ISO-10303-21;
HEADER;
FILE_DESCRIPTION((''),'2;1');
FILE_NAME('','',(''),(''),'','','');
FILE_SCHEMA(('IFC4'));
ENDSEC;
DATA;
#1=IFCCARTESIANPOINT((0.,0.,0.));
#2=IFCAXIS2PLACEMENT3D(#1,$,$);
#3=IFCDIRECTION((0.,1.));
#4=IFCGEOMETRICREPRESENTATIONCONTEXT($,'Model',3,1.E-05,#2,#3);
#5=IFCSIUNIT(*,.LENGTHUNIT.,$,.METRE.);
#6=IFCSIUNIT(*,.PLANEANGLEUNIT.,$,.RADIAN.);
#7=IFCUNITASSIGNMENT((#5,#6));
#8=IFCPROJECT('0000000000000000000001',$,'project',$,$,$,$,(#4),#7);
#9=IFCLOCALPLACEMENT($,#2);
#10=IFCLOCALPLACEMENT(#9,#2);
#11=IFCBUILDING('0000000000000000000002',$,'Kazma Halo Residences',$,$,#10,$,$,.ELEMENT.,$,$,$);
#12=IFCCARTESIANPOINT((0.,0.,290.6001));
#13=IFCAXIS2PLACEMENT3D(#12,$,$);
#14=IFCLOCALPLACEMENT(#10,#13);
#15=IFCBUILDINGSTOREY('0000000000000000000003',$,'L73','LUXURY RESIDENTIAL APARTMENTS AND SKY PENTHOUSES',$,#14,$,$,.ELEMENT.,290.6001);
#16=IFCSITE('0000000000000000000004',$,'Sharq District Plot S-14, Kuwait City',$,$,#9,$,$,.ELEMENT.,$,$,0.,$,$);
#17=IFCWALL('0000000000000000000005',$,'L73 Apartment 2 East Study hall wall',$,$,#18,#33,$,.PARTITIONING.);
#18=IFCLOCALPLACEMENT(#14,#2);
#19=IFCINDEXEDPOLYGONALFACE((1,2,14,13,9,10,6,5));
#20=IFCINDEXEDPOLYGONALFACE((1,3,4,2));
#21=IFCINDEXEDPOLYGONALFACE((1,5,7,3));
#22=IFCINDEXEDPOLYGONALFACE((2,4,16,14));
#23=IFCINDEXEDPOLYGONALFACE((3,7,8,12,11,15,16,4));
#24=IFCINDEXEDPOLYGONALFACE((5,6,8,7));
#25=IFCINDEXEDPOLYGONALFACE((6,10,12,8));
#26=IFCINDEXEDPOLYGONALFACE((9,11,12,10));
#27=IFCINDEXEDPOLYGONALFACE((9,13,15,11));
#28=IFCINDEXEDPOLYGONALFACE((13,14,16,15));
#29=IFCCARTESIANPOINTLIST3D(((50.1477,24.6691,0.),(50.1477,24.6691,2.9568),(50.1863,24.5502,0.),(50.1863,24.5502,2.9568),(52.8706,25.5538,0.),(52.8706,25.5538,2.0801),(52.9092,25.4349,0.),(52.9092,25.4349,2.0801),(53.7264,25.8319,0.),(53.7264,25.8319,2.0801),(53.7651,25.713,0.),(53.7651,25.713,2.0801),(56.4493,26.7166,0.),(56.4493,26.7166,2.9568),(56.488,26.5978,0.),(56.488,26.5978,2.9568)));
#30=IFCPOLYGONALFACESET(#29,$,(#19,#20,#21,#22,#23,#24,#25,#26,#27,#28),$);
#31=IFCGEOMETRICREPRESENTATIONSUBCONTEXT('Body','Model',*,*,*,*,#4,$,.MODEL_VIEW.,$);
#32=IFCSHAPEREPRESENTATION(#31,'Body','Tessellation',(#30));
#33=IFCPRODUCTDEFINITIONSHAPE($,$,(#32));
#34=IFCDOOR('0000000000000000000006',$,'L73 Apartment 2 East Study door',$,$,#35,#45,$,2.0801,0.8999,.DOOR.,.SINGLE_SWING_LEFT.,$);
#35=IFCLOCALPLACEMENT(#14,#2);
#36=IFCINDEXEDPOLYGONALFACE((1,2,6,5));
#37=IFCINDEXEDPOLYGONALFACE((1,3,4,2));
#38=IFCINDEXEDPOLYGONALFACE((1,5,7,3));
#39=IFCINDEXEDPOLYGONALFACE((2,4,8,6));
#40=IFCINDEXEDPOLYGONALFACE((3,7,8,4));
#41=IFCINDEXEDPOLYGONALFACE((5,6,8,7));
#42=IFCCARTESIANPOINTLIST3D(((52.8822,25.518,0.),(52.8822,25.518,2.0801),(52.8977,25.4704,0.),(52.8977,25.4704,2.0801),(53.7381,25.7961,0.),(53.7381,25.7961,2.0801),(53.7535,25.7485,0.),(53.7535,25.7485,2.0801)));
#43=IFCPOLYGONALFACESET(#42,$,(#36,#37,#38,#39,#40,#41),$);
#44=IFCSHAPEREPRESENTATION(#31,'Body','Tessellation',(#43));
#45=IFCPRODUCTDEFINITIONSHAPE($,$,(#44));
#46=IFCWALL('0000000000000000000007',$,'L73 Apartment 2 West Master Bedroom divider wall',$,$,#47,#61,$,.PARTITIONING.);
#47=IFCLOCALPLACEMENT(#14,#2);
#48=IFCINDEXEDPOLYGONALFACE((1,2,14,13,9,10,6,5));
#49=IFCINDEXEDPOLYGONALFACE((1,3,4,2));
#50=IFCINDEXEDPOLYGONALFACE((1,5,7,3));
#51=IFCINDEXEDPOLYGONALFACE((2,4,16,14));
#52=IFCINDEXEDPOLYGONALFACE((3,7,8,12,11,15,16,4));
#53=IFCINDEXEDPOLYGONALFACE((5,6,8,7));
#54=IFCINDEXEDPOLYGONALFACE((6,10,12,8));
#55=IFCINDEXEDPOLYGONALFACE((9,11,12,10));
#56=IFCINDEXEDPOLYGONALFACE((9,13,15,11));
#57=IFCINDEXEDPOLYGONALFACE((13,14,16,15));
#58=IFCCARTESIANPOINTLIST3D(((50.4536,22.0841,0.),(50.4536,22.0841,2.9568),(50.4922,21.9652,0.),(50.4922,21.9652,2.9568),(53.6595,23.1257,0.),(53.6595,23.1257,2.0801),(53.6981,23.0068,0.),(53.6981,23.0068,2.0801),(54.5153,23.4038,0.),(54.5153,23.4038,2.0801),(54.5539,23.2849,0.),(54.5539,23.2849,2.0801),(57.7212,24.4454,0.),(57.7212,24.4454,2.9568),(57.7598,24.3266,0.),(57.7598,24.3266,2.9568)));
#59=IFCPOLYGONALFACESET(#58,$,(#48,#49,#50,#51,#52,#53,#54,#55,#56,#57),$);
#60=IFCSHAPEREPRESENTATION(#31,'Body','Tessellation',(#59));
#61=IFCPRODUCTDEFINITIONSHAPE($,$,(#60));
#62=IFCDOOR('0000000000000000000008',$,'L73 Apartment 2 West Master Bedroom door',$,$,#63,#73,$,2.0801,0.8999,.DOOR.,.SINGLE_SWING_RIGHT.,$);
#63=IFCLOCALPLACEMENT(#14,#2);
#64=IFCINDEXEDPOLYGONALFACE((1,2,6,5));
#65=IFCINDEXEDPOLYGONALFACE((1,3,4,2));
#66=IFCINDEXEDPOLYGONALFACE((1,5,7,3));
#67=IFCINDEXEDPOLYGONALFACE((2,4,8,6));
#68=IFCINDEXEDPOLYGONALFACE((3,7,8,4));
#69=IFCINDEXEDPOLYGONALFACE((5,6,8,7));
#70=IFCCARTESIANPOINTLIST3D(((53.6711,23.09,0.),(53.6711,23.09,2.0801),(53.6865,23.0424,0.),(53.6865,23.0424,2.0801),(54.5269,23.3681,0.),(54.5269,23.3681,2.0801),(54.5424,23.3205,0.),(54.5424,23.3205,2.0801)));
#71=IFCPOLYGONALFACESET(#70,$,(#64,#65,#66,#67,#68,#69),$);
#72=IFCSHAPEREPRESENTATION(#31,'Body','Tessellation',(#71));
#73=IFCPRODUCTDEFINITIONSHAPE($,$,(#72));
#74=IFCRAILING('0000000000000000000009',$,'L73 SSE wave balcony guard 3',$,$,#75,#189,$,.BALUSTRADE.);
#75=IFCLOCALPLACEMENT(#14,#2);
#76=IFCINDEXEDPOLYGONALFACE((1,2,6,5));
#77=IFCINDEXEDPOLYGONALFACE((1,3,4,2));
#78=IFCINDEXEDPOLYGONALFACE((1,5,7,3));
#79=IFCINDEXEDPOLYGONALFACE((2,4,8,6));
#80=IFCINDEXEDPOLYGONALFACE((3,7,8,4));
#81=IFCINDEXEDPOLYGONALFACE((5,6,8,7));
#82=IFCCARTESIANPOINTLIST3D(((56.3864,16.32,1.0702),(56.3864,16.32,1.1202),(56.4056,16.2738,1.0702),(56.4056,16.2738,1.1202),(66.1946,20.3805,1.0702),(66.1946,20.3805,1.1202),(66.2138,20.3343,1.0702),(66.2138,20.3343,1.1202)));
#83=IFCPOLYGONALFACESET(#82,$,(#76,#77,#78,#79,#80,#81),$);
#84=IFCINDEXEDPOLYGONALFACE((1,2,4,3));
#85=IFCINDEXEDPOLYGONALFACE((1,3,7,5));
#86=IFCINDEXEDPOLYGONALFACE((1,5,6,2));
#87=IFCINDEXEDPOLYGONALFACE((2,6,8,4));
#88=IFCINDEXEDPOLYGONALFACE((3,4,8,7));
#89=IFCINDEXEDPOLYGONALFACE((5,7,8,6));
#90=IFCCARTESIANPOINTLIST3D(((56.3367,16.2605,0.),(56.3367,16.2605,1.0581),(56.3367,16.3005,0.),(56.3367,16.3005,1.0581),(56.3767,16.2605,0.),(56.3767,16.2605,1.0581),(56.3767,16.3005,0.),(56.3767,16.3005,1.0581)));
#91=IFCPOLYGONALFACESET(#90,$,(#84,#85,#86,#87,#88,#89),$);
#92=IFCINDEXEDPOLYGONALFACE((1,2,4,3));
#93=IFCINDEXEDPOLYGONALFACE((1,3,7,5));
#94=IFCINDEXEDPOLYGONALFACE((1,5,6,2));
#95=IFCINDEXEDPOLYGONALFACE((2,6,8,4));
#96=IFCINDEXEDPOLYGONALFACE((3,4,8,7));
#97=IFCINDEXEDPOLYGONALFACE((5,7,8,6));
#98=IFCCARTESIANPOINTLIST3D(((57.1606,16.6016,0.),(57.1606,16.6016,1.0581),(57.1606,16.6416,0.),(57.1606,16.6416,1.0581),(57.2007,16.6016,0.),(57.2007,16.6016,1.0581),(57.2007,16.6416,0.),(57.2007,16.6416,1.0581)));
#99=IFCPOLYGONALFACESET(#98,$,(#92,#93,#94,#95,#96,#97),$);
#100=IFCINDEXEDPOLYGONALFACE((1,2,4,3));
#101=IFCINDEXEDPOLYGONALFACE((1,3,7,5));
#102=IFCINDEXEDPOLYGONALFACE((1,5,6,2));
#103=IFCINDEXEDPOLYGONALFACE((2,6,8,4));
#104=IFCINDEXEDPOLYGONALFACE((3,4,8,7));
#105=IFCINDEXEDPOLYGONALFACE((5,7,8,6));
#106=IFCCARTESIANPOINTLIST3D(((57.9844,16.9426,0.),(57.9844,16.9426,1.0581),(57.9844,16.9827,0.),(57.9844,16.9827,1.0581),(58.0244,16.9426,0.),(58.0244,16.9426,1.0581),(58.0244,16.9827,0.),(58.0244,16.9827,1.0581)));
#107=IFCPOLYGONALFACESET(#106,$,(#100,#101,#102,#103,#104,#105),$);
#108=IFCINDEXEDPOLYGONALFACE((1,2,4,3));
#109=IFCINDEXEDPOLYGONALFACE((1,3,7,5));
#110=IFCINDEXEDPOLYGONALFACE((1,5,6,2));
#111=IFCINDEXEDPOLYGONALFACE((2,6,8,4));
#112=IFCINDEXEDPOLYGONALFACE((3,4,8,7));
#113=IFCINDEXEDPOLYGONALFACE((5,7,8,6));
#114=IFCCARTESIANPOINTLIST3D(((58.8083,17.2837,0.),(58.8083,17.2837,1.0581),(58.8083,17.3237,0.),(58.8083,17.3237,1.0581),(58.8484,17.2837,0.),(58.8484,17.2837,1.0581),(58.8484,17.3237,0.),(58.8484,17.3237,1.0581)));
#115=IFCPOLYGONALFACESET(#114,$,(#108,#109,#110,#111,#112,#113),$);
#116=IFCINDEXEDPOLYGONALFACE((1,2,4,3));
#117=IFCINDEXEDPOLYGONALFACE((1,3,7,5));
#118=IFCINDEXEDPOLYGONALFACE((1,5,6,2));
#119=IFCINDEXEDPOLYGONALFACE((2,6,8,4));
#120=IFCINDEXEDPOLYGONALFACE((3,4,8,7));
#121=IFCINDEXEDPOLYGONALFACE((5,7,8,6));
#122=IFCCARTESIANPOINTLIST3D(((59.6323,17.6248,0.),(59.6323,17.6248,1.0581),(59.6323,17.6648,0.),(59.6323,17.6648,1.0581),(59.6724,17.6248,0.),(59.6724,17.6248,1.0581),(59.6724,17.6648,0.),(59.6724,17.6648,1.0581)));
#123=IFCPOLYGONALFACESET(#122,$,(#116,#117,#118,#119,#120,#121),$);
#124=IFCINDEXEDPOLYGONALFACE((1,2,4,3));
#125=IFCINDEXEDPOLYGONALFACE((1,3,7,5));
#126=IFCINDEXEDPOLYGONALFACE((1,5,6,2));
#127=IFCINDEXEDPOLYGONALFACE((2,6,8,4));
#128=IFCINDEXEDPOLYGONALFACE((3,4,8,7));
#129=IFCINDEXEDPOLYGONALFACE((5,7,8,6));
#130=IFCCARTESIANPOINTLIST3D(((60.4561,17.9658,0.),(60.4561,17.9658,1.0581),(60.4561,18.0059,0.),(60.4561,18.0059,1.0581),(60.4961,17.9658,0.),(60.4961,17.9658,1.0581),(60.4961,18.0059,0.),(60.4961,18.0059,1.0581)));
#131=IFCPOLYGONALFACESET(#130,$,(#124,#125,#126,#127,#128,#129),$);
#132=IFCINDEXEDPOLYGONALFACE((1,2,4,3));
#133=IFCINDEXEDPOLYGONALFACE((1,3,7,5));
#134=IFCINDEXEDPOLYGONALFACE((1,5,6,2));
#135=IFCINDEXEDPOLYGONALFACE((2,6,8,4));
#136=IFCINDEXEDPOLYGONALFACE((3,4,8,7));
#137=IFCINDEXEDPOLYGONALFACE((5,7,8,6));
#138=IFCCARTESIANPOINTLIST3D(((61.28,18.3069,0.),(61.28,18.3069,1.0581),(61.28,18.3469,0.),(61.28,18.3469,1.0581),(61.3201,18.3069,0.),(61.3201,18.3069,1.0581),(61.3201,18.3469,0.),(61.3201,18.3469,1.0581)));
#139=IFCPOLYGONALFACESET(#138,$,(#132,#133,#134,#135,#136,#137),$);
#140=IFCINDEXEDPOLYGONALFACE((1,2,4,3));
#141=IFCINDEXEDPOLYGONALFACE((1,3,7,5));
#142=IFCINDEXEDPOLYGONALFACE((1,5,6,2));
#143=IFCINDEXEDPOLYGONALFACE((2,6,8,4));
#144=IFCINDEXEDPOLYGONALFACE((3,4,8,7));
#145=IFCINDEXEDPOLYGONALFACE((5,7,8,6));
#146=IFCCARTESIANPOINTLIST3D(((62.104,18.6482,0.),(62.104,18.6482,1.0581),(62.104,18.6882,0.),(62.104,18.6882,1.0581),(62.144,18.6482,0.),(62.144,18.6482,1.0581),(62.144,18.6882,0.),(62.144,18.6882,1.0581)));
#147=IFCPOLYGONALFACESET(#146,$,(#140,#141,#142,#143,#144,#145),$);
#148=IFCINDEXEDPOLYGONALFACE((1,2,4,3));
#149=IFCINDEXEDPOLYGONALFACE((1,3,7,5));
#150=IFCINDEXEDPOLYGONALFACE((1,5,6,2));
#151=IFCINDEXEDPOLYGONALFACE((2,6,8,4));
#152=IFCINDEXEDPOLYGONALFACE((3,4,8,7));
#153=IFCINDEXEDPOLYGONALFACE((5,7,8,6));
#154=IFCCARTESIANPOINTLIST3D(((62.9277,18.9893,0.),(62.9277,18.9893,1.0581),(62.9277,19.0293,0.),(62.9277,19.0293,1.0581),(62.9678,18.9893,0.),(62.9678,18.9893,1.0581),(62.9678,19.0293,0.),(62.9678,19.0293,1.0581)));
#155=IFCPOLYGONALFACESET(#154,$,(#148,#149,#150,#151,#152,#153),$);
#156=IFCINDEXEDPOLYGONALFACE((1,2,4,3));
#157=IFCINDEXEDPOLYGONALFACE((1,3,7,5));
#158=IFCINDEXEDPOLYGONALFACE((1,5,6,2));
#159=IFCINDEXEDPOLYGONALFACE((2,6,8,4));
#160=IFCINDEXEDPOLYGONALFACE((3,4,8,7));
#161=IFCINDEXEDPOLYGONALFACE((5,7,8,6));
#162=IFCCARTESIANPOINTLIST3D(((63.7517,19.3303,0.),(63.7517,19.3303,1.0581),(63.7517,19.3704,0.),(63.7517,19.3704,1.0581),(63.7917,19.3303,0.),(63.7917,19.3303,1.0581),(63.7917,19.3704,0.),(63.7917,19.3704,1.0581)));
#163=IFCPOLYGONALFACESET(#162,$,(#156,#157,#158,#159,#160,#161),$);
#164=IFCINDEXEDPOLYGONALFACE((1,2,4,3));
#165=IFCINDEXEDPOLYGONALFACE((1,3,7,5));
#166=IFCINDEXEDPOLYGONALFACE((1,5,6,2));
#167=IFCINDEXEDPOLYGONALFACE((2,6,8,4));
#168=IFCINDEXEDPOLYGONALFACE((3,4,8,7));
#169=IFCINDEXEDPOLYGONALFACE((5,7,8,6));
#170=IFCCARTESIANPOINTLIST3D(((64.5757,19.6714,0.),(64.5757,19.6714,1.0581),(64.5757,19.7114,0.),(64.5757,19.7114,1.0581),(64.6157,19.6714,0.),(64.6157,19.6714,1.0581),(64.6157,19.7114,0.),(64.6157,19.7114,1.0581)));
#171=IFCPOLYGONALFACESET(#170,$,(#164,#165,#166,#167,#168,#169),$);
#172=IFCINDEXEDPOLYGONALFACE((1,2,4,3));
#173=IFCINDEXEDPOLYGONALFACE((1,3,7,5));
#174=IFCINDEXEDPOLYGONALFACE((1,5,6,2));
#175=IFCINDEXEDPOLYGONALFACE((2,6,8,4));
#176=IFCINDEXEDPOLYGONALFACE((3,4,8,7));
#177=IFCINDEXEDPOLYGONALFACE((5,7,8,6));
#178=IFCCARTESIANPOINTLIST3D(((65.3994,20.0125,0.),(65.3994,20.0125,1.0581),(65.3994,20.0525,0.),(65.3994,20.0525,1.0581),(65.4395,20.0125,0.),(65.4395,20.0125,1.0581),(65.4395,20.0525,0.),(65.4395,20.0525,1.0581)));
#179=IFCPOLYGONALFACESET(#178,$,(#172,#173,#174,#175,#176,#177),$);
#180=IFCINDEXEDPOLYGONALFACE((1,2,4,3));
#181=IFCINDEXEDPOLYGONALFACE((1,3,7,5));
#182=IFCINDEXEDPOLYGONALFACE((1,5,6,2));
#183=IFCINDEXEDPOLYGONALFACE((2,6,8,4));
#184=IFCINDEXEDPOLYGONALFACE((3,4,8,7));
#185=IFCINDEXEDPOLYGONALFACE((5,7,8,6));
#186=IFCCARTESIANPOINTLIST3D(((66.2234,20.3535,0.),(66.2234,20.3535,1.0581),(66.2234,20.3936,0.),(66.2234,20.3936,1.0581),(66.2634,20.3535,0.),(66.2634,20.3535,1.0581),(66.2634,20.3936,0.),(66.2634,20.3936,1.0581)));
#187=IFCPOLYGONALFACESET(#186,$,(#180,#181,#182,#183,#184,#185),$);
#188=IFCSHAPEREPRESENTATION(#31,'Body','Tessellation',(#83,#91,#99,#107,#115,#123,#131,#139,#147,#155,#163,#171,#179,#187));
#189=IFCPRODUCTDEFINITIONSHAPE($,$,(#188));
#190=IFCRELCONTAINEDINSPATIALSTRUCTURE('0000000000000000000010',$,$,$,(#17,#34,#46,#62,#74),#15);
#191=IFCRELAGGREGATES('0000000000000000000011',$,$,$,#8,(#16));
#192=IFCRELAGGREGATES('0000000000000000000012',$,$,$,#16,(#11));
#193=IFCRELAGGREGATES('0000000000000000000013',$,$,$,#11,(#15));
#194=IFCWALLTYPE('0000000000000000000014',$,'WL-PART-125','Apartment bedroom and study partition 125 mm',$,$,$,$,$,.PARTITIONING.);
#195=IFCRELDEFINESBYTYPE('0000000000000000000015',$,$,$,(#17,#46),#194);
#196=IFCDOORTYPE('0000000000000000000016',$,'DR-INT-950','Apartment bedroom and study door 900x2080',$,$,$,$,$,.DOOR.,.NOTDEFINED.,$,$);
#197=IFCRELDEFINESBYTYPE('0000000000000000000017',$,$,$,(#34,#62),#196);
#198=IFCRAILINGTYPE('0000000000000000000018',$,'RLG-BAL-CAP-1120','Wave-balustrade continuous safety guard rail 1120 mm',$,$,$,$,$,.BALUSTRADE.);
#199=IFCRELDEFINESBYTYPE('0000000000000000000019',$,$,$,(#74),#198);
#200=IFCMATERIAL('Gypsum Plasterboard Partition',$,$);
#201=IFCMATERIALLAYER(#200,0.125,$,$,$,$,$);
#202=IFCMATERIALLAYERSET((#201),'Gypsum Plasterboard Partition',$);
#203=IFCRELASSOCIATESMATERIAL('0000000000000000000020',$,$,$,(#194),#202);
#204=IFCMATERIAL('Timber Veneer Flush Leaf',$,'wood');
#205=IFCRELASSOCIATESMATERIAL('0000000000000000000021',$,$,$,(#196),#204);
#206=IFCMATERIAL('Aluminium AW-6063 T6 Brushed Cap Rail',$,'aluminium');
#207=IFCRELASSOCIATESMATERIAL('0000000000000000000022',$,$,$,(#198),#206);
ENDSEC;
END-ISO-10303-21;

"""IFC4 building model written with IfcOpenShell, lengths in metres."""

from ifc_helpers import new_model, si_unit, direction, frame, frame_2d, origin, origin_2d, place, context, subcontext, project, spatial, rectangle, extrude, material, layer, layer_set, type_object, element, fill, save


model = new_model("IFC4")

# Units and contexts
model_context = context("Model", 3, precision=1e-05, world=origin(), true_north=direction((0.0, 1.0)))
body_context = subcontext(model_context, "Body", "Model", "MODEL_VIEW")
ifc_project = project(units=[si_unit("LENGTHUNIT", "METRE"), si_unit("PLANEANGLEUNIT", "RADIAN")], contexts=[model_context])

# Site, building, storey
site_placement = place(None, origin())
site = spatial("IfcSite", under=ifc_project, at=site_placement, Name="Sharq District Plot S-14, Kuwait City", CompositionType="ELEMENT", RefElevation=0.0)
building_placement = place(site_placement, origin())
building = spatial("IfcBuilding", under=site, at=building_placement, Name="Kazma Halo Residences", CompositionType="ELEMENT")
storey_placement = place(building_placement, frame((0.0, 0.0, 290.6001)))
storey = spatial("IfcBuildingStorey", under=building, at=storey_placement, Name="L73", Description="LUXURY RESIDENTIAL APARTMENTS AND SKY PENTHOUSES", CompositionType="ELEMENT", Elevation=290.6001)

# Shared definitions
ifc_material_1 = material(Name="Gypsum Plasterboard Partition")
ifc_layer_1 = layer(ifc_material_1, 0.125)
ifc_layer_set_1 = layer_set([ifc_layer_1], Name="Gypsum Plasterboard Partition")
wall_type_1 = type_object("IfcWallType", Name="WL-PART-125", Description="Apartment bedroom and study partition 125 mm", PredefinedType="PARTITIONING", material=ifc_layer_set_1)

# Walls, openings, doors
wall_1_placement = place(storey_placement, frame((50.167, 24.6096, 0.0), z_axis=(0.0, 0.0, 1.0), x_axis=(0.951055, 0.309023, 0.0)))
wall_1 = element("IfcWall", 1, at=wall_1_placement, inside=storey, type_object=wall_type_1, Name="L73 Apartment 2 East Study hall wall", PredefinedType="PARTITIONING", context=body_context, shape_type="SweptSolid", body=[
    extrude(rectangle(XDim=6.626, YDim=0.125, at=frame_2d((3.313, 0.0))), origin(), (0.0, 0.0, 1.0), 2.9568),
])
opening_1_placement = place(wall_1_placement, frame((2.863, 0.0, 0.0)))
opening_1 = element("IfcOpeningElement", 2, at=opening_1_placement, cuts=wall_1, PredefinedType="OPENING", context=body_context, shape_type="SweptSolid", body=[
    extrude(rectangle(XDim=0.8999, YDim=2.0801, at=frame_2d((0.45, 1.04))), frame((0.0, 0.0725, 0.0), z_axis=(0.0, -1.0, 0.0), x_axis=(1.0, 0.0, 0.0)), (0.0, 0.0, 1.0), 0.145),
])
ifc_material_2 = material(Name="Timber Veneer Flush Leaf", Category="wood")
door_type_1 = type_object("IfcDoorType", Name="DR-INT-950", Description="Apartment bedroom and study door 900x2080", OperationType="NOTDEFINED", PredefinedType="DOOR", material=ifc_material_2)
door_1_placement = place(opening_1_placement, origin())
door_1 = element("IfcDoor", 3, at=door_1_placement, inside=storey, type_object=door_type_1, Name="L73 Apartment 2 East Study door", OperationType="SINGLE_SWING_LEFT", OverallHeight=2.0801, OverallWidth=0.8999, PredefinedType="DOOR", context=body_context, shape_type="SweptSolid", body=[
    extrude(rectangle(XDim=0.8999, YDim=2.0801, at=frame_2d((0.45, 1.04))), frame((0.0, 0.0249, 0.0), z_axis=(0.0, -1.0, 0.0), x_axis=(1.0, 0.0, 0.0)), (0.0, 0.0, 1.0), 0.05),
])
fill(opening_1, door_1)
wall_2_placement = place(storey_placement, frame((50.4729, 22.0247, 0.0), z_axis=(0.0, 0.0, 1.0), x_axis=(0.951058, 0.309011, 0.0)))
wall_2 = element("IfcWall", 4, at=wall_2_placement, inside=storey, type_object=wall_type_1, Name="L73 Apartment 2 West Master Bedroom divider wall", PredefinedType="PARTITIONING", context=body_context, shape_type="SweptSolid", body=[
    extrude(rectangle(XDim=7.6416, YDim=0.125, at=frame_2d((3.8208, 0.0))), origin(), (0.0, 0.0, 1.0), 2.9568),
])
opening_2_placement = place(wall_2_placement, frame((3.3708, 0.0, 0.0)))
opening_2 = element("IfcOpeningElement", 5, at=opening_2_placement, cuts=wall_2, PredefinedType="OPENING", context=body_context, shape_type="SweptSolid", body=[
    extrude(rectangle(XDim=0.8999, YDim=2.0801, at=frame_2d((0.45, 1.04))), frame((0.0, 0.0725, 0.0), z_axis=(0.0, -1.0, 0.0), x_axis=(1.0, 0.0, 0.0)), (0.0, 0.0, 1.0), 0.145),
])
door_2_placement = place(opening_2_placement, origin())
door_2 = element("IfcDoor", 6, at=door_2_placement, inside=storey, type_object=door_type_1, Name="L73 Apartment 2 West Master Bedroom door", OperationType="SINGLE_SWING_RIGHT", OverallHeight=2.0801, OverallWidth=0.8999, PredefinedType="DOOR", context=body_context, shape_type="SweptSolid", body=[
    extrude(rectangle(XDim=0.8999, YDim=2.0801, at=frame_2d((0.45, 1.04))), frame((0.0, 0.0249, 0.0), z_axis=(0.0, -1.0, 0.0), x_axis=(1.0, 0.0, 0.0)), (0.0, 0.0, 1.0), 0.05),
])
fill(opening_2, door_2)

# Railing
ifc_material_3 = material(Name="Aluminium AW-6063 T6 Brushed Cap Rail", Category="aluminium")
railing_type_1 = type_object("IfcRailingType", Name="RLG-BAL-CAP-1120", Description="Wave-balustrade continuous safety guard rail 1120 mm", PredefinedType="BALUSTRADE", material=ifc_material_3)
railing_1_placement = place(storey_placement, frame((56.3567, 16.2805, 0.0)))
element("IfcRailing", 7, at=railing_1_placement, inside=storey, type_object=railing_type_1, Name="L73 SSE wave balcony guard 3", PredefinedType="BALUSTRADE", context=body_context, shape_type="SweptSolid", body=[
    extrude(rectangle(XDim=0.05, YDim=0.05, at=origin_2d()), frame((0.0393, 0.0164, 1.0952), z_axis=(0.923952, 0.382508, 0.0), x_axis=(-0.382508, 0.923952, 0.0)), (0.0, 0.0, 1.0), 10.6155),
    extrude(rectangle(XDim=0.04, YDim=0.04, at=origin_2d()), origin(), (0.0, 0.0, 1.0), 1.0581),
    extrude(rectangle(XDim=0.04, YDim=0.04, at=origin_2d()), frame((0.824, 0.3411, 0.0)), (0.0, 0.0, 1.0), 1.0581),
    extrude(rectangle(XDim=0.04, YDim=0.04, at=origin_2d()), frame((1.6477, 0.6821, 0.0)), (0.0, 0.0, 1.0), 1.0581),
    extrude(rectangle(XDim=0.04, YDim=0.04, at=origin_2d()), frame((2.4717, 1.0232, 0.0)), (0.0, 0.0, 1.0), 1.0581),
    extrude(rectangle(XDim=0.04, YDim=0.04, at=origin_2d()), frame((3.2957, 1.3643, 0.0)), (0.0, 0.0, 1.0), 1.0581),
    extrude(rectangle(XDim=0.04, YDim=0.04, at=origin_2d()), frame((4.1194, 1.7053, 0.0)), (0.0, 0.0, 1.0), 1.0581),
    extrude(rectangle(XDim=0.04, YDim=0.04, at=origin_2d()), frame((4.9434, 2.0464, 0.0)), (0.0, 0.0, 1.0), 1.0581),
    extrude(rectangle(XDim=0.04, YDim=0.04, at=origin_2d()), frame((5.7673, 2.3877, 0.0)), (0.0, 0.0, 1.0), 1.0581),
    extrude(rectangle(XDim=0.04, YDim=0.04, at=origin_2d()), frame((6.5911, 2.7288, 0.0)), (0.0, 0.0, 1.0), 1.0581),
    extrude(rectangle(XDim=0.04, YDim=0.04, at=origin_2d()), frame((7.415, 3.0698, 0.0)), (0.0, 0.0, 1.0), 1.0581),
    extrude(rectangle(XDim=0.04, YDim=0.04, at=origin_2d()), frame((8.239, 3.4109, 0.0)), (0.0, 0.0, 1.0), 1.0581),
    extrude(rectangle(XDim=0.04, YDim=0.04, at=origin_2d()), frame((9.0627, 3.752, 0.0)), (0.0, 0.0, 1.0), 1.0581),
    extrude(rectangle(XDim=0.04, YDim=0.04, at=origin_2d()), frame((9.8867, 4.093, 0.0)), (0.0, 0.0, 1.0), 1.0581),
])

save(model, "model.ifc")
